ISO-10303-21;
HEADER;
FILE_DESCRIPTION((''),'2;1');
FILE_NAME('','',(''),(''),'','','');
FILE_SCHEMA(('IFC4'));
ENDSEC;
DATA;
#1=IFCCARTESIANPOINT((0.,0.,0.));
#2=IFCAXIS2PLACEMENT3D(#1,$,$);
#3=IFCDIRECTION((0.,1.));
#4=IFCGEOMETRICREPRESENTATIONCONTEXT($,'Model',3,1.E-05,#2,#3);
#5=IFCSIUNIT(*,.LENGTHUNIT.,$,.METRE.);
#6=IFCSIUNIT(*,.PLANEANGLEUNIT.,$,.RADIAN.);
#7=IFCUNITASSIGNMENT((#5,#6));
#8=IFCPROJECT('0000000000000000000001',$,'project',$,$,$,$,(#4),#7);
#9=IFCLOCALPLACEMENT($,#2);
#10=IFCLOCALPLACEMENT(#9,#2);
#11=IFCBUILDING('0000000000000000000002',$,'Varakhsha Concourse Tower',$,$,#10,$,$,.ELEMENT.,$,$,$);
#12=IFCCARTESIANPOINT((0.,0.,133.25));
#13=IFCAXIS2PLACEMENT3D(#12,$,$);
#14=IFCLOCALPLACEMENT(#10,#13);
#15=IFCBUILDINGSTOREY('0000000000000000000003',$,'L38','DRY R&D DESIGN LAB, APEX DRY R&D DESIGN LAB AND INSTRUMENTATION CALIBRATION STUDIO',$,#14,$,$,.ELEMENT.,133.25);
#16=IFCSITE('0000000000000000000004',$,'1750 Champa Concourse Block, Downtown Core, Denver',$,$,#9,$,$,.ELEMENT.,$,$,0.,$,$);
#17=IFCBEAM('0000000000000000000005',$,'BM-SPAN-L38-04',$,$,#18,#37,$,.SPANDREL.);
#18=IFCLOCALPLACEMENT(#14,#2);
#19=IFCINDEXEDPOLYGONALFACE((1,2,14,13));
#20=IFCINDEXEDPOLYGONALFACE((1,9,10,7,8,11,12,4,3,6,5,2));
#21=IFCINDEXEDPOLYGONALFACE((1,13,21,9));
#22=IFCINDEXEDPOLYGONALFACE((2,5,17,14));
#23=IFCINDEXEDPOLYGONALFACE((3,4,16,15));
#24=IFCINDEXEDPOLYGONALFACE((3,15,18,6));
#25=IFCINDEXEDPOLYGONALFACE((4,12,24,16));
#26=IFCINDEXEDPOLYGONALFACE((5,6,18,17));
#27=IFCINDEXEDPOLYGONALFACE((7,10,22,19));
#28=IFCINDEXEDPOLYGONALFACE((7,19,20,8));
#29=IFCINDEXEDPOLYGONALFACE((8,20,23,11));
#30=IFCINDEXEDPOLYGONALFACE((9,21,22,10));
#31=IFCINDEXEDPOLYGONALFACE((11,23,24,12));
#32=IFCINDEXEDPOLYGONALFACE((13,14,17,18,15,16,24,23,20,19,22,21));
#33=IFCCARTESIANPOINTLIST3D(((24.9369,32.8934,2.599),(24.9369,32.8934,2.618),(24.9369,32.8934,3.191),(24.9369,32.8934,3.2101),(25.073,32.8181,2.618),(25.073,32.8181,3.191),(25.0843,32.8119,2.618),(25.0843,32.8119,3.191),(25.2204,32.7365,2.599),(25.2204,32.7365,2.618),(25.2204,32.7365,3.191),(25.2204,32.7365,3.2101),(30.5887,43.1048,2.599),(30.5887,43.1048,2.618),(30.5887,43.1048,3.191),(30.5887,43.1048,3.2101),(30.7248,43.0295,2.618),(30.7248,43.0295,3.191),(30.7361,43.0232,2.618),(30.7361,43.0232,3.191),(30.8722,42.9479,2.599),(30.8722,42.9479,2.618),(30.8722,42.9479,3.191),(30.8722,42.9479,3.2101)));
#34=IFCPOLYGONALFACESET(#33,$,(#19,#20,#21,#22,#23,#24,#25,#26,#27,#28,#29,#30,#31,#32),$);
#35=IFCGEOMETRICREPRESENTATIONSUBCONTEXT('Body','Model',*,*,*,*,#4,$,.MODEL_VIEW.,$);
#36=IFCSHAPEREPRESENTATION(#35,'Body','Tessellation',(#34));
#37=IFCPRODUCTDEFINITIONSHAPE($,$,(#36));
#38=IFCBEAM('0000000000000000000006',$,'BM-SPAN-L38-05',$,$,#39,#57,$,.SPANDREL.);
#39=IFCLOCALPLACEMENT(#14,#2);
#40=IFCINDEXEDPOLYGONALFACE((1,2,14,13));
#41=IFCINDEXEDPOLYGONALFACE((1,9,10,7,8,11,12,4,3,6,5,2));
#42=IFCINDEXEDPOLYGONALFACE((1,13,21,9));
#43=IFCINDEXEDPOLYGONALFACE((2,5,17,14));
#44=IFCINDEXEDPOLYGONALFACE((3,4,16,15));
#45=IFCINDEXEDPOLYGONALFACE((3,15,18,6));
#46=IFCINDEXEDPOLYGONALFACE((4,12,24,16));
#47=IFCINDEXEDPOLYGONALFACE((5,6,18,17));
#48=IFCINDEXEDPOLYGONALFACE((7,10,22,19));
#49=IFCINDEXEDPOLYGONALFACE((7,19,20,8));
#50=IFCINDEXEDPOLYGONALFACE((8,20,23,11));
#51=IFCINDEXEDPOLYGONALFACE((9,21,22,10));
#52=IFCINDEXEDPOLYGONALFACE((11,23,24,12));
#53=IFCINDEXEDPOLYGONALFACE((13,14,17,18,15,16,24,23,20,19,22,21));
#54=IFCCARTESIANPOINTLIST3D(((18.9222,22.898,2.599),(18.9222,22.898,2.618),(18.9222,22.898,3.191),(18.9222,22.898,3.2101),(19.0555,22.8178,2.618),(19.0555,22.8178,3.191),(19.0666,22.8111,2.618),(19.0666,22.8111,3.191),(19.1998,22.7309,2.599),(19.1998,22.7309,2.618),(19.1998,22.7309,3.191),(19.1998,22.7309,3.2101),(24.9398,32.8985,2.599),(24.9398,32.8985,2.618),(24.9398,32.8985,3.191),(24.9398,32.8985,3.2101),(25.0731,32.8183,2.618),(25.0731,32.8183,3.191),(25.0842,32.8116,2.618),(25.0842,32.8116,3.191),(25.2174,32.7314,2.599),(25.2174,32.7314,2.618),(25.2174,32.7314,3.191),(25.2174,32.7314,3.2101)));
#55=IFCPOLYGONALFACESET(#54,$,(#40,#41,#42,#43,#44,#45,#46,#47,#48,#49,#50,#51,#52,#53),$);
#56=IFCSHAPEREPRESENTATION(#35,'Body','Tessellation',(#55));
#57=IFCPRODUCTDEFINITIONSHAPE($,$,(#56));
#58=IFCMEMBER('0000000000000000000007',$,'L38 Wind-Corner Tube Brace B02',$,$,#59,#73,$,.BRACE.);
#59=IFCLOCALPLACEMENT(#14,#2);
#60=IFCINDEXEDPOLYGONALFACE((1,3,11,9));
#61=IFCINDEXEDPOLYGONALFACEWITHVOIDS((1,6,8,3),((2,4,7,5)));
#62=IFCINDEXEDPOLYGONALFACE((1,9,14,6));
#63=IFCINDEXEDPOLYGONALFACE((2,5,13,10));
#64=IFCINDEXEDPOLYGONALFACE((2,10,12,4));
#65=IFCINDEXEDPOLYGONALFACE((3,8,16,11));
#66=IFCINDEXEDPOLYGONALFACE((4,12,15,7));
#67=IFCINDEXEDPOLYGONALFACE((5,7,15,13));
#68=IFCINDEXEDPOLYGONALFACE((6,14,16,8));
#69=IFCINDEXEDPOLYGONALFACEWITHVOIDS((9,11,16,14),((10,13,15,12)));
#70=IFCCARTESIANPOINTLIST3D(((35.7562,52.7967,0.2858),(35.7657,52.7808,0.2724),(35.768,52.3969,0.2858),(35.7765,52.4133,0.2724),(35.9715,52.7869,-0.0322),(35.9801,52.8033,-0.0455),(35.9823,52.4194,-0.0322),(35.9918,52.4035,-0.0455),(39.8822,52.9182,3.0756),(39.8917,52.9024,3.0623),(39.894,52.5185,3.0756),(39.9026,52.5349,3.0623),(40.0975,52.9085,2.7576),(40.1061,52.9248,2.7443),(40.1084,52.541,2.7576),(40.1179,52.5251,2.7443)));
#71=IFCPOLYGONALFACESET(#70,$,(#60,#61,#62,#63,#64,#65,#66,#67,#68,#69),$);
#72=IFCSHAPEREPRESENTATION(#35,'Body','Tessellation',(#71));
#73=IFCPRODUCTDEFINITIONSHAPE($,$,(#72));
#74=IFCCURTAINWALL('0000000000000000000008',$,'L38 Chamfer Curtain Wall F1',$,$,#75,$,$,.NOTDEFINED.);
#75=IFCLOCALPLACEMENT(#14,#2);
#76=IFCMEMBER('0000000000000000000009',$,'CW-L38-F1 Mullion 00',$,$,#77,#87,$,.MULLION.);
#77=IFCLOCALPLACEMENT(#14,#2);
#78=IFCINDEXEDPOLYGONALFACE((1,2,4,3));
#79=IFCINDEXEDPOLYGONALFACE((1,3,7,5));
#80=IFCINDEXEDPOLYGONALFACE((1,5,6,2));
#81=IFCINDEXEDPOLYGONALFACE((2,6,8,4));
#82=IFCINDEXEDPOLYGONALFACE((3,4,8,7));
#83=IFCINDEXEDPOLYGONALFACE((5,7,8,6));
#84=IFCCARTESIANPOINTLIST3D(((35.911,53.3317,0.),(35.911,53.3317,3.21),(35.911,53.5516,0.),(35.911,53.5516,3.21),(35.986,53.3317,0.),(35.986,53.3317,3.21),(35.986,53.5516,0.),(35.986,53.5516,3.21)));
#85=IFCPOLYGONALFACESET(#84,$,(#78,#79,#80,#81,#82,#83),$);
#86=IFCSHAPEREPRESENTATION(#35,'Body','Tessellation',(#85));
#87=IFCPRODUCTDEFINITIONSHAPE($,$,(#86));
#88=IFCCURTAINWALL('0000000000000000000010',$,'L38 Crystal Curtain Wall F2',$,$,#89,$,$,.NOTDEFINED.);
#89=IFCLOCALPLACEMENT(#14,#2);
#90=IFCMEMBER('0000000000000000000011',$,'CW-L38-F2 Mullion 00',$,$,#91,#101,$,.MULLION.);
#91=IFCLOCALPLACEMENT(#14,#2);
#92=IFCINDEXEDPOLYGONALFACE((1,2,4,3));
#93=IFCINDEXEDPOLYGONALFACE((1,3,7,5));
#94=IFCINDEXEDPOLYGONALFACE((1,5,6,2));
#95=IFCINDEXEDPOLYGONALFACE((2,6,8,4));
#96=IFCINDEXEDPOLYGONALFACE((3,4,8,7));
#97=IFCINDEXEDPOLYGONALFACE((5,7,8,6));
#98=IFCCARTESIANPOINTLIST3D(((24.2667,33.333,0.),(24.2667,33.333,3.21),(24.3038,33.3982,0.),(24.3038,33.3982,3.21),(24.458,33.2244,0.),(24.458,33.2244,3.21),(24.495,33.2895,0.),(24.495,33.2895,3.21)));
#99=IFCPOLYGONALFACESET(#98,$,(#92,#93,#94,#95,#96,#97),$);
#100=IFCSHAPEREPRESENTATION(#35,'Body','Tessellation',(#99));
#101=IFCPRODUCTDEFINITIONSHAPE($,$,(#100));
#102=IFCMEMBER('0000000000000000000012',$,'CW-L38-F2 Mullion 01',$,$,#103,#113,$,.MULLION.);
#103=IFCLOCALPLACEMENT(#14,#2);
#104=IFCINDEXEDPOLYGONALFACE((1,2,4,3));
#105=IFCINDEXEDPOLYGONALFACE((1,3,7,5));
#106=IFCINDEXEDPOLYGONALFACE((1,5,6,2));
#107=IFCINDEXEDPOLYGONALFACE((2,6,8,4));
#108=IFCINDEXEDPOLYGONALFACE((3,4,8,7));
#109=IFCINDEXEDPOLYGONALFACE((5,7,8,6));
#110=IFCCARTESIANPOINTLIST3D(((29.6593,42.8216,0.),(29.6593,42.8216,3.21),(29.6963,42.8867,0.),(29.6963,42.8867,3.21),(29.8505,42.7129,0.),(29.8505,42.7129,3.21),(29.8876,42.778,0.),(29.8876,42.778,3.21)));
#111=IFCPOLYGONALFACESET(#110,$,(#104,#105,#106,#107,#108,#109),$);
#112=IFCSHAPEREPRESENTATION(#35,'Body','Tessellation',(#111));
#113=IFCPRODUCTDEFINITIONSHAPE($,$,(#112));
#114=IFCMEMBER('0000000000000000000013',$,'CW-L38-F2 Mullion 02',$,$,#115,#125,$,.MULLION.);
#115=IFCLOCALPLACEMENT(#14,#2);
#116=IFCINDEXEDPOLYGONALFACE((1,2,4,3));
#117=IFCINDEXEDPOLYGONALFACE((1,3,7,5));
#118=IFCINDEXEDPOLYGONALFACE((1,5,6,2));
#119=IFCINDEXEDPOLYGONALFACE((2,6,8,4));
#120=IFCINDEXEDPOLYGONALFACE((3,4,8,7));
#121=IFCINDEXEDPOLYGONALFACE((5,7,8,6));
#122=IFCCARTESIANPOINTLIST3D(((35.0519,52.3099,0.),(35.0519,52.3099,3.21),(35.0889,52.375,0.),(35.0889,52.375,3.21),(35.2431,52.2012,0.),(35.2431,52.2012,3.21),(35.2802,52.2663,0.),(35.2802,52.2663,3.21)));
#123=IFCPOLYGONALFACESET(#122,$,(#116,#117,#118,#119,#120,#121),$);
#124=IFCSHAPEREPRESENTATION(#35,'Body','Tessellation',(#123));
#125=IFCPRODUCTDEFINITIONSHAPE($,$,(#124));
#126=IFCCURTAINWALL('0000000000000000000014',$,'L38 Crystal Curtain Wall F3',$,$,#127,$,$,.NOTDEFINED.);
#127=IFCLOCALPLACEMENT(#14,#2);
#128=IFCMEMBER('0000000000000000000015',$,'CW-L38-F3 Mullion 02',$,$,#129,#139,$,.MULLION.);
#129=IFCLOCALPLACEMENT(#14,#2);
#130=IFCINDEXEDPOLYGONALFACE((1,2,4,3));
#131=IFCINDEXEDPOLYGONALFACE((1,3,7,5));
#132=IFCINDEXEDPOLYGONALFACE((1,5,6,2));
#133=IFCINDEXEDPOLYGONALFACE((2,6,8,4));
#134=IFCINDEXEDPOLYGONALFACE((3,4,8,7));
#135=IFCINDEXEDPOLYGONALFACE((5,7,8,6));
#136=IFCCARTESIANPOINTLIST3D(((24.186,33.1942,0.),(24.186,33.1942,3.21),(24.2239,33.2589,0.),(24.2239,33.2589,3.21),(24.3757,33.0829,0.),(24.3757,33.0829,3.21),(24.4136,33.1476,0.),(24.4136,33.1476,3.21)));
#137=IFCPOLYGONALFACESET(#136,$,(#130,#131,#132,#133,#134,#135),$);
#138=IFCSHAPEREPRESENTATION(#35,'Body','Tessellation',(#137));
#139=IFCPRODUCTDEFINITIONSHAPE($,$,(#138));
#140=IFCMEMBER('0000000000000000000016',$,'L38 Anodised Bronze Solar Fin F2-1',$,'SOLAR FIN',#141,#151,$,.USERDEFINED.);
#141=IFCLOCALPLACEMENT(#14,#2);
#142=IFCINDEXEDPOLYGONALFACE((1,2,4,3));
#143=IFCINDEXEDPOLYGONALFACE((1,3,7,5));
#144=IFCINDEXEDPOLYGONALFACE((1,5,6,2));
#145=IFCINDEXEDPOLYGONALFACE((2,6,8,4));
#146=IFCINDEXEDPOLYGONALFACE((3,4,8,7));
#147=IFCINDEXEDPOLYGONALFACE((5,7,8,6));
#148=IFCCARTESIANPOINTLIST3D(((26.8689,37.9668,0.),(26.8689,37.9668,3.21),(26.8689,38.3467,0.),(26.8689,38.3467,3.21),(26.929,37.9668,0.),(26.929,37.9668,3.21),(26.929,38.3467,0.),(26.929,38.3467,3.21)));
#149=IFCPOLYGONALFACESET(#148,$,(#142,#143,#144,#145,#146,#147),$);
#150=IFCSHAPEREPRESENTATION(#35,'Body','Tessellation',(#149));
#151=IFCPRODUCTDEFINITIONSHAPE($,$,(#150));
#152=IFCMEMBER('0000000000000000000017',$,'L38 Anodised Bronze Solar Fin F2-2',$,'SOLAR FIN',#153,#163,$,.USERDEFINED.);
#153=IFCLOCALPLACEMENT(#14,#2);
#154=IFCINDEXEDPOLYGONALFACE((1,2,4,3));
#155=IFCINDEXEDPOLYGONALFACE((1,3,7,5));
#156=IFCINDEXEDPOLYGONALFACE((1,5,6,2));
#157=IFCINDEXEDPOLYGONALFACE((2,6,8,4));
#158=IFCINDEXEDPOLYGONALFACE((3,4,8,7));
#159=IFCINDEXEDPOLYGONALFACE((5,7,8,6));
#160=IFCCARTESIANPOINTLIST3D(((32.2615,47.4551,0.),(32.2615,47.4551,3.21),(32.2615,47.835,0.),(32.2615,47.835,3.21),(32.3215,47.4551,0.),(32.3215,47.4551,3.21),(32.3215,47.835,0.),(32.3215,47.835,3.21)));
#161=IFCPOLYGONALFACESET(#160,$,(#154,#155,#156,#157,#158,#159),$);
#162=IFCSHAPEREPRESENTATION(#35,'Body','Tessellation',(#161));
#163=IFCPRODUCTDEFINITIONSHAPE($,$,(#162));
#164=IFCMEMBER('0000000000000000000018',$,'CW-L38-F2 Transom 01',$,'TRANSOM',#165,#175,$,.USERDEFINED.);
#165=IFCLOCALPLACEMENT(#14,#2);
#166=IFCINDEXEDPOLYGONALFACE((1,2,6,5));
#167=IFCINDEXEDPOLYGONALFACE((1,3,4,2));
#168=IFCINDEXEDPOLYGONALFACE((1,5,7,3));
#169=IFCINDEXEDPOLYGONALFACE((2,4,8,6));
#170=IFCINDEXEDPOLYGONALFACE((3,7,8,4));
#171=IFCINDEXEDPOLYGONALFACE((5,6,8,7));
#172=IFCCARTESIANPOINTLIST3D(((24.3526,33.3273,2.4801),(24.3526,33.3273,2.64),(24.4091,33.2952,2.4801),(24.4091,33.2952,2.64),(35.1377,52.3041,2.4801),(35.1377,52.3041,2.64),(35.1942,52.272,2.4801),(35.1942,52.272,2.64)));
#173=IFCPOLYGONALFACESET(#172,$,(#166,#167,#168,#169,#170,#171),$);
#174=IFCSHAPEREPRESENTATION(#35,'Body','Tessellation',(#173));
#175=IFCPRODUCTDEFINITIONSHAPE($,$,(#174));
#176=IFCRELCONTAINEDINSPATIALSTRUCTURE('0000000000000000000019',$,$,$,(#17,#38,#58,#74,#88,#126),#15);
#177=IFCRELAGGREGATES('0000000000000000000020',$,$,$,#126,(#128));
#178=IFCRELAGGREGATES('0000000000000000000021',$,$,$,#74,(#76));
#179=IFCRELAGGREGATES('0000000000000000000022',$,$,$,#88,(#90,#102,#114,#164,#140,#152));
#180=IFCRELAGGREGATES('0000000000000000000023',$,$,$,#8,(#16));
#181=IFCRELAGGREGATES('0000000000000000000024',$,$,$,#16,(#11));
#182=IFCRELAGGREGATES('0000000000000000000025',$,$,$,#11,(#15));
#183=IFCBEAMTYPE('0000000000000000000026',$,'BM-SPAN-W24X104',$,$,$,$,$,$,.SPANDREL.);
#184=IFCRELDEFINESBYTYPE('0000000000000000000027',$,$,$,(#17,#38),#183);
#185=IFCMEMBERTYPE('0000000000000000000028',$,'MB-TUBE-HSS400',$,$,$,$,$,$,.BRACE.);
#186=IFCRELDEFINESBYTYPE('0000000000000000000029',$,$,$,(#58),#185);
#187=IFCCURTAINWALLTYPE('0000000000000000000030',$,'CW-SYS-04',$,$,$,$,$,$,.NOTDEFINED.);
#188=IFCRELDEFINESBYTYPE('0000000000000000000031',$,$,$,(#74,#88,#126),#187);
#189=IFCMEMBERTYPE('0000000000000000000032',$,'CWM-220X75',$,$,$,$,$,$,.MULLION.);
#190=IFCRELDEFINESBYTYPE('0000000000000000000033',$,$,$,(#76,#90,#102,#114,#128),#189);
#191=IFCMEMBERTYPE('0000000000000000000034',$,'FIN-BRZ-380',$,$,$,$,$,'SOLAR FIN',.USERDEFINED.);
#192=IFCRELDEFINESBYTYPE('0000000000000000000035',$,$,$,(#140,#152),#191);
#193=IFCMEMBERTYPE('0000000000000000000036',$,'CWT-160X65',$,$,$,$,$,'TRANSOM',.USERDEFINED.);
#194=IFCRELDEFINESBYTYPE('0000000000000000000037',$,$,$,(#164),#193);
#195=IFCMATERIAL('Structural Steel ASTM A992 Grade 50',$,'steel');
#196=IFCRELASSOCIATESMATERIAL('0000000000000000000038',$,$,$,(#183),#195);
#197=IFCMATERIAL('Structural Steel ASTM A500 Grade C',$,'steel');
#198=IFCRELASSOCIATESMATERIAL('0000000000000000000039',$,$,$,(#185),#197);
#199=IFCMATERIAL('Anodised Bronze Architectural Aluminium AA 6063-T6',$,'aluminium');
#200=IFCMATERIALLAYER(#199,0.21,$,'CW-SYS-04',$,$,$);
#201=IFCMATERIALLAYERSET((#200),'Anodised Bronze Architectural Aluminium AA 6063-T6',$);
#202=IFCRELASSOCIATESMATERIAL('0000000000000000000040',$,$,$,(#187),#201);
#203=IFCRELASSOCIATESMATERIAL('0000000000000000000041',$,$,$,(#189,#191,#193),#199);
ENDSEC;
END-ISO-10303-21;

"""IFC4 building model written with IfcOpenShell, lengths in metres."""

from ifc_helpers import new_model, si_unit, direction, frame, origin, origin_2d, place, context, subcontext, project, spatial, rectangle, hollow_rectangle, i_section, extrude, source, transform, mapped, material, layer, layer_set, material_profile, profile_set, type_object, type_shapes, element, aggregate, save


model = new_model("IFC4")

# Units and contexts
model_context = context("Model", 3, precision=1e-05, world=origin(), true_north=direction((0.0, 1.0)))
body_context = subcontext(model_context, "Body", "Model", "MODEL_VIEW")
ifc_project = project(units=[si_unit("LENGTHUNIT", "METRE"), si_unit("PLANEANGLEUNIT", "RADIAN")], contexts=[model_context])

# Site, building, storey
site_placement = place(None, origin())
site = spatial("IfcSite", under=ifc_project, at=site_placement, Name="1750 Champa Concourse Block, Downtown Core, Denver", CompositionType="ELEMENT", RefElevation=0.0)
building_placement = place(site_placement, origin())
building = spatial("IfcBuilding", under=site, at=building_placement, Name="Varakhsha Concourse Tower", CompositionType="ELEMENT")
storey_placement = place(building_placement, frame((0.0, 0.0, 133.25)))
storey = spatial("IfcBuildingStorey", under=building, at=storey_placement, Name="L38", Description="DRY R&D DESIGN LAB, APEX DRY R&D DESIGN LAB AND INSTRUMENTATION CALIBRATION STUDIO", CompositionType="ELEMENT", Elevation=133.25)

# Shared definitions
ifc_material_1 = material(Name="Structural Steel ASTM A992 Grade 50", Category="steel")

# Beams
ifc_material_profile_1 = material_profile(ifc_material_1, i_section(OverallWidth=0.324, OverallDepth=0.6111, WebThickness=0.0129, FlangeThickness=0.019, at=origin_2d()), Name="W24X104")
ifc_profile_set_1 = profile_set([ifc_material_profile_1], Name="Structural Steel ASTM A992 Grade 50")
beam_type_1 = type_object("IfcBeamType", Name="BM-SPAN-W24X104", PredefinedType="SPANDREL", material=ifc_profile_set_1)
beam_1_placement = place(storey_placement, frame((30.7305, 43.0264, 2.9045), z_axis=(-0.484257, -0.874926, 0.0), x_axis=(0.874926, -0.484257, 0.0)))
element("IfcBeam", 1, at=beam_1_placement, inside=storey, type_object=beam_type_1, Name="BM-SPAN-L38-04", PredefinedType="SPANDREL", context=body_context, shape_type="SweptSolid", body=[
    extrude(i_section(OverallWidth=0.324, OverallDepth=0.6111, WebThickness=0.0129, FlangeThickness=0.019, at=origin_2d()), origin(), (0.0, 0.0, 1.0), 11.6711),
])
beam_2_placement = place(storey_placement, frame((25.0786, 32.8149, 2.9045), z_axis=(-0.515584, -0.856839, 0.0), x_axis=(0.856839, -0.515584, 0.0)))
element("IfcBeam", 2, at=beam_2_placement, inside=storey, type_object=beam_type_1, Name="BM-SPAN-L38-05", PredefinedType="SPANDREL", context=body_context, shape_type="SweptSolid", body=[
    extrude(i_section(OverallWidth=0.324, OverallDepth=0.6111, WebThickness=0.0129, FlangeThickness=0.019, at=origin_2d()), origin(), (0.0, 0.0, 1.0), 11.6714),
])

# Member
ifc_material_2 = material(Name="Structural Steel ASTM A500 Grade C", Category="steel")
ifc_material_profile_2 = material_profile(ifc_material_2, hollow_rectangle(XDim=0.3999, YDim=0.3999, WallThickness=0.0161, at=origin_2d()), Name="HSS 400x400x16")
ifc_profile_set_2 = profile_set([ifc_material_profile_2], Name="Structural Steel ASTM A500 Grade C")
member_type_1 = type_object("IfcMemberType", Name="MB-TUBE-HSS400", PredefinedType="BRACE", material=ifc_profile_set_2)
shared_shape_1 = source(origin(), body_context, "Body", "SweptSolid", [
    extrude(hollow_rectangle(XDim=0.3999, YDim=0.3999, WallThickness=0.0161, at=origin_2d()), origin(), (0.0, 0.0, 1.0), 4.9822),
])
type_shapes(member_type_1, [shared_shape_1])
member_1_placement = place(storey_placement, frame((35.874, 52.6001, 0.1201), z_axis=(0.828158, 0.024404, 0.559963), x_axis=(-0.029455, 0.999566, 0.0)))
element("IfcMember", 3, at=member_1_placement, inside=storey, type_object=member_type_1, Name="L38 Wind-Corner Tube Brace B02", PredefinedType="BRACE", context=body_context, shape_type="MappedRepresentation", body=[
    mapped(shared_shape_1, transform((0.0, 0.0, 0.0), scale=1.0)),
])

# Curtain wall, member
ifc_material_3 = material(Name="Anodised Bronze Architectural Aluminium AA 6063-T6", Category="aluminium")
ifc_layer_1 = layer(ifc_material_3, 0.21, Name="CW-SYS-04")
ifc_layer_set_1 = layer_set([ifc_layer_1], Name="Anodised Bronze Architectural Aluminium AA 6063-T6")
curtain_wall_type = type_object("IfcCurtainWallType", Name="CW-SYS-04", PredefinedType="NOTDEFINED", material=ifc_layer_set_1)
curtain_wall_1_placement = place(storey_placement, origin())
curtain_wall_1 = element("IfcCurtainWall", 4, at=curtain_wall_1_placement, inside=storey, type_object=curtain_wall_type, Name="L38 Chamfer Curtain Wall F1", PredefinedType="NOTDEFINED")
ifc_material_profile_3 = material_profile(ifc_material_3, rectangle(XDim=0.075, YDim=0.22, at=origin_2d()), Name="CWM-220X75")
ifc_profile_set_3 = profile_set([ifc_material_profile_3], Name="Anodised Bronze Architectural Aluminium AA 6063-T6")
member_type_2 = type_object("IfcMemberType", Name="CWM-220X75", PredefinedType="MULLION", material=ifc_profile_set_3)
shared_shape_2 = source(origin(), body_context, "Body", "SweptSolid", [
    extrude(rectangle(XDim=0.075, YDim=0.22, at=origin_2d()), origin(), (0.0, 0.0, 1.0), 3.21),
])
type_shapes(member_type_2, [shared_shape_2])
member_2_placement = place(storey_placement, frame((35.9485, 53.4417, 0.0), z_axis=(0.0, 0.0, 1.0), x_axis=(1.0, 0.0, 0.0)))
member_2 = element("IfcMember", 5, at=member_2_placement, type_object=member_type_2, Name="CW-L38-F1 Mullion 00", PredefinedType="MULLION", context=body_context, shape_type="MappedRepresentation", body=[
    mapped(shared_shape_2, transform((0.0, 0.0, 0.0), scale=1.0)),
])

# Curtain wall, members
curtain_wall_2_placement = place(storey_placement, origin())
curtain_wall_2 = element("IfcCurtainWall", 6, at=curtain_wall_2_placement, inside=storey, type_object=curtain_wall_type, Name="L38 Crystal Curtain Wall F2", PredefinedType="NOTDEFINED")
member_3_placement = place(storey_placement, frame((24.3809, 33.3113, 0.0), z_axis=(0.0, 0.0, 1.0), x_axis=(0.494115, 0.869397, 0.0)))
member_3 = element("IfcMember", 7, at=member_3_placement, type_object=member_type_2, Name="CW-L38-F2 Mullion 00", PredefinedType="MULLION", context=body_context, shape_type="MappedRepresentation", body=[
    mapped(shared_shape_2, transform((0.0, 0.0, 0.0), scale=1.0)),
])
member_4_placement = place(storey_placement, frame((29.7734, 42.7998, 0.0), z_axis=(0.0, 0.0, 1.0), x_axis=(0.494115, 0.869397, 0.0)))
member_4 = element("IfcMember", 8, at=member_4_placement, type_object=member_type_2, Name="CW-L38-F2 Mullion 01", PredefinedType="MULLION", context=body_context, shape_type="MappedRepresentation", body=[
    mapped(shared_shape_2, transform((0.0, 0.0, 0.0), scale=1.0)),
])
member_5_placement = place(storey_placement, frame((35.166, 52.2881, 0.0), z_axis=(0.0, 0.0, 1.0), x_axis=(0.494115, 0.869397, 0.0)))
member_5 = element("IfcMember", 9, at=member_5_placement, type_object=member_type_2, Name="CW-L38-F2 Mullion 02", PredefinedType="MULLION", context=body_context, shape_type="MappedRepresentation", body=[
    mapped(shared_shape_2, transform((0.0, 0.0, 0.0), scale=1.0)),
])

# Curtain wall, member
curtain_wall_3_placement = place(storey_placement, origin())
curtain_wall_3 = element("IfcCurtainWall", 10, at=curtain_wall_3_placement, inside=storey, type_object=curtain_wall_type, Name="L38 Crystal Curtain Wall F3", PredefinedType="NOTDEFINED")
member_6_placement = place(storey_placement, frame((24.2998, 33.1709, 0.0), z_axis=(0.0, 0.0, 1.0), x_axis=(0.505862, 0.862614, 0.0)))
member_6 = element("IfcMember", 11, at=member_6_placement, type_object=member_type_2, Name="CW-L38-F3 Mullion 02", PredefinedType="MULLION", context=body_context, shape_type="MappedRepresentation", body=[
    mapped(shared_shape_2, transform((0.0, 0.0, 0.0), scale=1.0)),
])
aggregate(curtain_wall_3, [member_6])

# Members
ifc_material_profile_4 = material_profile(ifc_material_3, rectangle(XDim=0.0601, YDim=0.3799, at=origin_2d()), Name="FIN-BRZ-380")
ifc_profile_set_4 = profile_set([ifc_material_profile_4], Name="Anodised Bronze Architectural Aluminium AA 6063-T6")
member_type_3 = type_object("IfcMemberType", Name="FIN-BRZ-380", ElementType="SOLAR FIN", PredefinedType="USERDEFINED", material=ifc_profile_set_4)
shared_shape_3 = source(origin(), body_context, "Body", "SweptSolid", [
    extrude(rectangle(XDim=0.0601, YDim=0.3799, at=origin_2d()), origin(), (0.0, 0.0, 1.0), 3.21),
])
type_shapes(member_type_3, [shared_shape_3])
member_7_placement = place(storey_placement, frame((26.8989, 38.1567, 0.0), z_axis=(0.0, 0.0, 1.0), x_axis=(1.0, 0.0, 0.0)))
member_7 = element("IfcMember", 12, at=member_7_placement, type_object=member_type_3, Name="L38 Anodised Bronze Solar Fin F2-1", ObjectType="SOLAR FIN", PredefinedType="USERDEFINED", context=body_context, shape_type="MappedRepresentation", body=[
    mapped(shared_shape_3, transform((0.0, 0.0, 0.0), scale=1.0)),
])
member_8_placement = place(storey_placement, frame((32.2915, 47.645, 0.0), z_axis=(0.0, 0.0, 1.0), x_axis=(1.0, 0.0, 0.0)))
member_8 = element("IfcMember", 13, at=member_8_placement, type_object=member_type_3, Name="L38 Anodised Bronze Solar Fin F2-2", ObjectType="SOLAR FIN", PredefinedType="USERDEFINED", context=body_context, shape_type="MappedRepresentation", body=[
    mapped(shared_shape_3, transform((0.0, 0.0, 0.0), scale=1.0)),
])
ifc_material_profile_5 = material_profile(ifc_material_3, rectangle(XDim=0.0649, YDim=0.1599, at=origin_2d()), Name="CWT-160X65")
ifc_profile_set_5 = profile_set([ifc_material_profile_5], Name="Anodised Bronze Architectural Aluminium AA 6063-T6")
member_type_4 = type_object("IfcMemberType", Name="CWT-160X65", ElementType="TRANSOM", PredefinedType="USERDEFINED", material=ifc_profile_set_5)
shared_shape_4 = source(origin(), body_context, "Body", "SweptSolid", [
    extrude(rectangle(XDim=0.0649, YDim=0.1599, at=origin_2d()), origin(), (0.0, 0.0, 1.0), 21.8274),
])
member_9_placement = place(storey_placement, frame((24.3809, 33.3113, 2.5601), z_axis=(0.494109, 0.8694, 0.0), x_axis=(-0.8694, 0.494109, 0.0)))
member_9 = element("IfcMember", 14, at=member_9_placement, type_object=member_type_4, Name="CW-L38-F2 Transom 01", ObjectType="TRANSOM", PredefinedType="USERDEFINED", context=body_context, shape_type="MappedRepresentation", body=[
    mapped(shared_shape_4, transform((0.0, 0.0, 0.0), scale=1.0)),
])
aggregate(curtain_wall_1, [member_2])

aggregate(curtain_wall_2, [member_3, member_4, member_5, member_9, member_7, member_8])

save(model, "model.ifc")
